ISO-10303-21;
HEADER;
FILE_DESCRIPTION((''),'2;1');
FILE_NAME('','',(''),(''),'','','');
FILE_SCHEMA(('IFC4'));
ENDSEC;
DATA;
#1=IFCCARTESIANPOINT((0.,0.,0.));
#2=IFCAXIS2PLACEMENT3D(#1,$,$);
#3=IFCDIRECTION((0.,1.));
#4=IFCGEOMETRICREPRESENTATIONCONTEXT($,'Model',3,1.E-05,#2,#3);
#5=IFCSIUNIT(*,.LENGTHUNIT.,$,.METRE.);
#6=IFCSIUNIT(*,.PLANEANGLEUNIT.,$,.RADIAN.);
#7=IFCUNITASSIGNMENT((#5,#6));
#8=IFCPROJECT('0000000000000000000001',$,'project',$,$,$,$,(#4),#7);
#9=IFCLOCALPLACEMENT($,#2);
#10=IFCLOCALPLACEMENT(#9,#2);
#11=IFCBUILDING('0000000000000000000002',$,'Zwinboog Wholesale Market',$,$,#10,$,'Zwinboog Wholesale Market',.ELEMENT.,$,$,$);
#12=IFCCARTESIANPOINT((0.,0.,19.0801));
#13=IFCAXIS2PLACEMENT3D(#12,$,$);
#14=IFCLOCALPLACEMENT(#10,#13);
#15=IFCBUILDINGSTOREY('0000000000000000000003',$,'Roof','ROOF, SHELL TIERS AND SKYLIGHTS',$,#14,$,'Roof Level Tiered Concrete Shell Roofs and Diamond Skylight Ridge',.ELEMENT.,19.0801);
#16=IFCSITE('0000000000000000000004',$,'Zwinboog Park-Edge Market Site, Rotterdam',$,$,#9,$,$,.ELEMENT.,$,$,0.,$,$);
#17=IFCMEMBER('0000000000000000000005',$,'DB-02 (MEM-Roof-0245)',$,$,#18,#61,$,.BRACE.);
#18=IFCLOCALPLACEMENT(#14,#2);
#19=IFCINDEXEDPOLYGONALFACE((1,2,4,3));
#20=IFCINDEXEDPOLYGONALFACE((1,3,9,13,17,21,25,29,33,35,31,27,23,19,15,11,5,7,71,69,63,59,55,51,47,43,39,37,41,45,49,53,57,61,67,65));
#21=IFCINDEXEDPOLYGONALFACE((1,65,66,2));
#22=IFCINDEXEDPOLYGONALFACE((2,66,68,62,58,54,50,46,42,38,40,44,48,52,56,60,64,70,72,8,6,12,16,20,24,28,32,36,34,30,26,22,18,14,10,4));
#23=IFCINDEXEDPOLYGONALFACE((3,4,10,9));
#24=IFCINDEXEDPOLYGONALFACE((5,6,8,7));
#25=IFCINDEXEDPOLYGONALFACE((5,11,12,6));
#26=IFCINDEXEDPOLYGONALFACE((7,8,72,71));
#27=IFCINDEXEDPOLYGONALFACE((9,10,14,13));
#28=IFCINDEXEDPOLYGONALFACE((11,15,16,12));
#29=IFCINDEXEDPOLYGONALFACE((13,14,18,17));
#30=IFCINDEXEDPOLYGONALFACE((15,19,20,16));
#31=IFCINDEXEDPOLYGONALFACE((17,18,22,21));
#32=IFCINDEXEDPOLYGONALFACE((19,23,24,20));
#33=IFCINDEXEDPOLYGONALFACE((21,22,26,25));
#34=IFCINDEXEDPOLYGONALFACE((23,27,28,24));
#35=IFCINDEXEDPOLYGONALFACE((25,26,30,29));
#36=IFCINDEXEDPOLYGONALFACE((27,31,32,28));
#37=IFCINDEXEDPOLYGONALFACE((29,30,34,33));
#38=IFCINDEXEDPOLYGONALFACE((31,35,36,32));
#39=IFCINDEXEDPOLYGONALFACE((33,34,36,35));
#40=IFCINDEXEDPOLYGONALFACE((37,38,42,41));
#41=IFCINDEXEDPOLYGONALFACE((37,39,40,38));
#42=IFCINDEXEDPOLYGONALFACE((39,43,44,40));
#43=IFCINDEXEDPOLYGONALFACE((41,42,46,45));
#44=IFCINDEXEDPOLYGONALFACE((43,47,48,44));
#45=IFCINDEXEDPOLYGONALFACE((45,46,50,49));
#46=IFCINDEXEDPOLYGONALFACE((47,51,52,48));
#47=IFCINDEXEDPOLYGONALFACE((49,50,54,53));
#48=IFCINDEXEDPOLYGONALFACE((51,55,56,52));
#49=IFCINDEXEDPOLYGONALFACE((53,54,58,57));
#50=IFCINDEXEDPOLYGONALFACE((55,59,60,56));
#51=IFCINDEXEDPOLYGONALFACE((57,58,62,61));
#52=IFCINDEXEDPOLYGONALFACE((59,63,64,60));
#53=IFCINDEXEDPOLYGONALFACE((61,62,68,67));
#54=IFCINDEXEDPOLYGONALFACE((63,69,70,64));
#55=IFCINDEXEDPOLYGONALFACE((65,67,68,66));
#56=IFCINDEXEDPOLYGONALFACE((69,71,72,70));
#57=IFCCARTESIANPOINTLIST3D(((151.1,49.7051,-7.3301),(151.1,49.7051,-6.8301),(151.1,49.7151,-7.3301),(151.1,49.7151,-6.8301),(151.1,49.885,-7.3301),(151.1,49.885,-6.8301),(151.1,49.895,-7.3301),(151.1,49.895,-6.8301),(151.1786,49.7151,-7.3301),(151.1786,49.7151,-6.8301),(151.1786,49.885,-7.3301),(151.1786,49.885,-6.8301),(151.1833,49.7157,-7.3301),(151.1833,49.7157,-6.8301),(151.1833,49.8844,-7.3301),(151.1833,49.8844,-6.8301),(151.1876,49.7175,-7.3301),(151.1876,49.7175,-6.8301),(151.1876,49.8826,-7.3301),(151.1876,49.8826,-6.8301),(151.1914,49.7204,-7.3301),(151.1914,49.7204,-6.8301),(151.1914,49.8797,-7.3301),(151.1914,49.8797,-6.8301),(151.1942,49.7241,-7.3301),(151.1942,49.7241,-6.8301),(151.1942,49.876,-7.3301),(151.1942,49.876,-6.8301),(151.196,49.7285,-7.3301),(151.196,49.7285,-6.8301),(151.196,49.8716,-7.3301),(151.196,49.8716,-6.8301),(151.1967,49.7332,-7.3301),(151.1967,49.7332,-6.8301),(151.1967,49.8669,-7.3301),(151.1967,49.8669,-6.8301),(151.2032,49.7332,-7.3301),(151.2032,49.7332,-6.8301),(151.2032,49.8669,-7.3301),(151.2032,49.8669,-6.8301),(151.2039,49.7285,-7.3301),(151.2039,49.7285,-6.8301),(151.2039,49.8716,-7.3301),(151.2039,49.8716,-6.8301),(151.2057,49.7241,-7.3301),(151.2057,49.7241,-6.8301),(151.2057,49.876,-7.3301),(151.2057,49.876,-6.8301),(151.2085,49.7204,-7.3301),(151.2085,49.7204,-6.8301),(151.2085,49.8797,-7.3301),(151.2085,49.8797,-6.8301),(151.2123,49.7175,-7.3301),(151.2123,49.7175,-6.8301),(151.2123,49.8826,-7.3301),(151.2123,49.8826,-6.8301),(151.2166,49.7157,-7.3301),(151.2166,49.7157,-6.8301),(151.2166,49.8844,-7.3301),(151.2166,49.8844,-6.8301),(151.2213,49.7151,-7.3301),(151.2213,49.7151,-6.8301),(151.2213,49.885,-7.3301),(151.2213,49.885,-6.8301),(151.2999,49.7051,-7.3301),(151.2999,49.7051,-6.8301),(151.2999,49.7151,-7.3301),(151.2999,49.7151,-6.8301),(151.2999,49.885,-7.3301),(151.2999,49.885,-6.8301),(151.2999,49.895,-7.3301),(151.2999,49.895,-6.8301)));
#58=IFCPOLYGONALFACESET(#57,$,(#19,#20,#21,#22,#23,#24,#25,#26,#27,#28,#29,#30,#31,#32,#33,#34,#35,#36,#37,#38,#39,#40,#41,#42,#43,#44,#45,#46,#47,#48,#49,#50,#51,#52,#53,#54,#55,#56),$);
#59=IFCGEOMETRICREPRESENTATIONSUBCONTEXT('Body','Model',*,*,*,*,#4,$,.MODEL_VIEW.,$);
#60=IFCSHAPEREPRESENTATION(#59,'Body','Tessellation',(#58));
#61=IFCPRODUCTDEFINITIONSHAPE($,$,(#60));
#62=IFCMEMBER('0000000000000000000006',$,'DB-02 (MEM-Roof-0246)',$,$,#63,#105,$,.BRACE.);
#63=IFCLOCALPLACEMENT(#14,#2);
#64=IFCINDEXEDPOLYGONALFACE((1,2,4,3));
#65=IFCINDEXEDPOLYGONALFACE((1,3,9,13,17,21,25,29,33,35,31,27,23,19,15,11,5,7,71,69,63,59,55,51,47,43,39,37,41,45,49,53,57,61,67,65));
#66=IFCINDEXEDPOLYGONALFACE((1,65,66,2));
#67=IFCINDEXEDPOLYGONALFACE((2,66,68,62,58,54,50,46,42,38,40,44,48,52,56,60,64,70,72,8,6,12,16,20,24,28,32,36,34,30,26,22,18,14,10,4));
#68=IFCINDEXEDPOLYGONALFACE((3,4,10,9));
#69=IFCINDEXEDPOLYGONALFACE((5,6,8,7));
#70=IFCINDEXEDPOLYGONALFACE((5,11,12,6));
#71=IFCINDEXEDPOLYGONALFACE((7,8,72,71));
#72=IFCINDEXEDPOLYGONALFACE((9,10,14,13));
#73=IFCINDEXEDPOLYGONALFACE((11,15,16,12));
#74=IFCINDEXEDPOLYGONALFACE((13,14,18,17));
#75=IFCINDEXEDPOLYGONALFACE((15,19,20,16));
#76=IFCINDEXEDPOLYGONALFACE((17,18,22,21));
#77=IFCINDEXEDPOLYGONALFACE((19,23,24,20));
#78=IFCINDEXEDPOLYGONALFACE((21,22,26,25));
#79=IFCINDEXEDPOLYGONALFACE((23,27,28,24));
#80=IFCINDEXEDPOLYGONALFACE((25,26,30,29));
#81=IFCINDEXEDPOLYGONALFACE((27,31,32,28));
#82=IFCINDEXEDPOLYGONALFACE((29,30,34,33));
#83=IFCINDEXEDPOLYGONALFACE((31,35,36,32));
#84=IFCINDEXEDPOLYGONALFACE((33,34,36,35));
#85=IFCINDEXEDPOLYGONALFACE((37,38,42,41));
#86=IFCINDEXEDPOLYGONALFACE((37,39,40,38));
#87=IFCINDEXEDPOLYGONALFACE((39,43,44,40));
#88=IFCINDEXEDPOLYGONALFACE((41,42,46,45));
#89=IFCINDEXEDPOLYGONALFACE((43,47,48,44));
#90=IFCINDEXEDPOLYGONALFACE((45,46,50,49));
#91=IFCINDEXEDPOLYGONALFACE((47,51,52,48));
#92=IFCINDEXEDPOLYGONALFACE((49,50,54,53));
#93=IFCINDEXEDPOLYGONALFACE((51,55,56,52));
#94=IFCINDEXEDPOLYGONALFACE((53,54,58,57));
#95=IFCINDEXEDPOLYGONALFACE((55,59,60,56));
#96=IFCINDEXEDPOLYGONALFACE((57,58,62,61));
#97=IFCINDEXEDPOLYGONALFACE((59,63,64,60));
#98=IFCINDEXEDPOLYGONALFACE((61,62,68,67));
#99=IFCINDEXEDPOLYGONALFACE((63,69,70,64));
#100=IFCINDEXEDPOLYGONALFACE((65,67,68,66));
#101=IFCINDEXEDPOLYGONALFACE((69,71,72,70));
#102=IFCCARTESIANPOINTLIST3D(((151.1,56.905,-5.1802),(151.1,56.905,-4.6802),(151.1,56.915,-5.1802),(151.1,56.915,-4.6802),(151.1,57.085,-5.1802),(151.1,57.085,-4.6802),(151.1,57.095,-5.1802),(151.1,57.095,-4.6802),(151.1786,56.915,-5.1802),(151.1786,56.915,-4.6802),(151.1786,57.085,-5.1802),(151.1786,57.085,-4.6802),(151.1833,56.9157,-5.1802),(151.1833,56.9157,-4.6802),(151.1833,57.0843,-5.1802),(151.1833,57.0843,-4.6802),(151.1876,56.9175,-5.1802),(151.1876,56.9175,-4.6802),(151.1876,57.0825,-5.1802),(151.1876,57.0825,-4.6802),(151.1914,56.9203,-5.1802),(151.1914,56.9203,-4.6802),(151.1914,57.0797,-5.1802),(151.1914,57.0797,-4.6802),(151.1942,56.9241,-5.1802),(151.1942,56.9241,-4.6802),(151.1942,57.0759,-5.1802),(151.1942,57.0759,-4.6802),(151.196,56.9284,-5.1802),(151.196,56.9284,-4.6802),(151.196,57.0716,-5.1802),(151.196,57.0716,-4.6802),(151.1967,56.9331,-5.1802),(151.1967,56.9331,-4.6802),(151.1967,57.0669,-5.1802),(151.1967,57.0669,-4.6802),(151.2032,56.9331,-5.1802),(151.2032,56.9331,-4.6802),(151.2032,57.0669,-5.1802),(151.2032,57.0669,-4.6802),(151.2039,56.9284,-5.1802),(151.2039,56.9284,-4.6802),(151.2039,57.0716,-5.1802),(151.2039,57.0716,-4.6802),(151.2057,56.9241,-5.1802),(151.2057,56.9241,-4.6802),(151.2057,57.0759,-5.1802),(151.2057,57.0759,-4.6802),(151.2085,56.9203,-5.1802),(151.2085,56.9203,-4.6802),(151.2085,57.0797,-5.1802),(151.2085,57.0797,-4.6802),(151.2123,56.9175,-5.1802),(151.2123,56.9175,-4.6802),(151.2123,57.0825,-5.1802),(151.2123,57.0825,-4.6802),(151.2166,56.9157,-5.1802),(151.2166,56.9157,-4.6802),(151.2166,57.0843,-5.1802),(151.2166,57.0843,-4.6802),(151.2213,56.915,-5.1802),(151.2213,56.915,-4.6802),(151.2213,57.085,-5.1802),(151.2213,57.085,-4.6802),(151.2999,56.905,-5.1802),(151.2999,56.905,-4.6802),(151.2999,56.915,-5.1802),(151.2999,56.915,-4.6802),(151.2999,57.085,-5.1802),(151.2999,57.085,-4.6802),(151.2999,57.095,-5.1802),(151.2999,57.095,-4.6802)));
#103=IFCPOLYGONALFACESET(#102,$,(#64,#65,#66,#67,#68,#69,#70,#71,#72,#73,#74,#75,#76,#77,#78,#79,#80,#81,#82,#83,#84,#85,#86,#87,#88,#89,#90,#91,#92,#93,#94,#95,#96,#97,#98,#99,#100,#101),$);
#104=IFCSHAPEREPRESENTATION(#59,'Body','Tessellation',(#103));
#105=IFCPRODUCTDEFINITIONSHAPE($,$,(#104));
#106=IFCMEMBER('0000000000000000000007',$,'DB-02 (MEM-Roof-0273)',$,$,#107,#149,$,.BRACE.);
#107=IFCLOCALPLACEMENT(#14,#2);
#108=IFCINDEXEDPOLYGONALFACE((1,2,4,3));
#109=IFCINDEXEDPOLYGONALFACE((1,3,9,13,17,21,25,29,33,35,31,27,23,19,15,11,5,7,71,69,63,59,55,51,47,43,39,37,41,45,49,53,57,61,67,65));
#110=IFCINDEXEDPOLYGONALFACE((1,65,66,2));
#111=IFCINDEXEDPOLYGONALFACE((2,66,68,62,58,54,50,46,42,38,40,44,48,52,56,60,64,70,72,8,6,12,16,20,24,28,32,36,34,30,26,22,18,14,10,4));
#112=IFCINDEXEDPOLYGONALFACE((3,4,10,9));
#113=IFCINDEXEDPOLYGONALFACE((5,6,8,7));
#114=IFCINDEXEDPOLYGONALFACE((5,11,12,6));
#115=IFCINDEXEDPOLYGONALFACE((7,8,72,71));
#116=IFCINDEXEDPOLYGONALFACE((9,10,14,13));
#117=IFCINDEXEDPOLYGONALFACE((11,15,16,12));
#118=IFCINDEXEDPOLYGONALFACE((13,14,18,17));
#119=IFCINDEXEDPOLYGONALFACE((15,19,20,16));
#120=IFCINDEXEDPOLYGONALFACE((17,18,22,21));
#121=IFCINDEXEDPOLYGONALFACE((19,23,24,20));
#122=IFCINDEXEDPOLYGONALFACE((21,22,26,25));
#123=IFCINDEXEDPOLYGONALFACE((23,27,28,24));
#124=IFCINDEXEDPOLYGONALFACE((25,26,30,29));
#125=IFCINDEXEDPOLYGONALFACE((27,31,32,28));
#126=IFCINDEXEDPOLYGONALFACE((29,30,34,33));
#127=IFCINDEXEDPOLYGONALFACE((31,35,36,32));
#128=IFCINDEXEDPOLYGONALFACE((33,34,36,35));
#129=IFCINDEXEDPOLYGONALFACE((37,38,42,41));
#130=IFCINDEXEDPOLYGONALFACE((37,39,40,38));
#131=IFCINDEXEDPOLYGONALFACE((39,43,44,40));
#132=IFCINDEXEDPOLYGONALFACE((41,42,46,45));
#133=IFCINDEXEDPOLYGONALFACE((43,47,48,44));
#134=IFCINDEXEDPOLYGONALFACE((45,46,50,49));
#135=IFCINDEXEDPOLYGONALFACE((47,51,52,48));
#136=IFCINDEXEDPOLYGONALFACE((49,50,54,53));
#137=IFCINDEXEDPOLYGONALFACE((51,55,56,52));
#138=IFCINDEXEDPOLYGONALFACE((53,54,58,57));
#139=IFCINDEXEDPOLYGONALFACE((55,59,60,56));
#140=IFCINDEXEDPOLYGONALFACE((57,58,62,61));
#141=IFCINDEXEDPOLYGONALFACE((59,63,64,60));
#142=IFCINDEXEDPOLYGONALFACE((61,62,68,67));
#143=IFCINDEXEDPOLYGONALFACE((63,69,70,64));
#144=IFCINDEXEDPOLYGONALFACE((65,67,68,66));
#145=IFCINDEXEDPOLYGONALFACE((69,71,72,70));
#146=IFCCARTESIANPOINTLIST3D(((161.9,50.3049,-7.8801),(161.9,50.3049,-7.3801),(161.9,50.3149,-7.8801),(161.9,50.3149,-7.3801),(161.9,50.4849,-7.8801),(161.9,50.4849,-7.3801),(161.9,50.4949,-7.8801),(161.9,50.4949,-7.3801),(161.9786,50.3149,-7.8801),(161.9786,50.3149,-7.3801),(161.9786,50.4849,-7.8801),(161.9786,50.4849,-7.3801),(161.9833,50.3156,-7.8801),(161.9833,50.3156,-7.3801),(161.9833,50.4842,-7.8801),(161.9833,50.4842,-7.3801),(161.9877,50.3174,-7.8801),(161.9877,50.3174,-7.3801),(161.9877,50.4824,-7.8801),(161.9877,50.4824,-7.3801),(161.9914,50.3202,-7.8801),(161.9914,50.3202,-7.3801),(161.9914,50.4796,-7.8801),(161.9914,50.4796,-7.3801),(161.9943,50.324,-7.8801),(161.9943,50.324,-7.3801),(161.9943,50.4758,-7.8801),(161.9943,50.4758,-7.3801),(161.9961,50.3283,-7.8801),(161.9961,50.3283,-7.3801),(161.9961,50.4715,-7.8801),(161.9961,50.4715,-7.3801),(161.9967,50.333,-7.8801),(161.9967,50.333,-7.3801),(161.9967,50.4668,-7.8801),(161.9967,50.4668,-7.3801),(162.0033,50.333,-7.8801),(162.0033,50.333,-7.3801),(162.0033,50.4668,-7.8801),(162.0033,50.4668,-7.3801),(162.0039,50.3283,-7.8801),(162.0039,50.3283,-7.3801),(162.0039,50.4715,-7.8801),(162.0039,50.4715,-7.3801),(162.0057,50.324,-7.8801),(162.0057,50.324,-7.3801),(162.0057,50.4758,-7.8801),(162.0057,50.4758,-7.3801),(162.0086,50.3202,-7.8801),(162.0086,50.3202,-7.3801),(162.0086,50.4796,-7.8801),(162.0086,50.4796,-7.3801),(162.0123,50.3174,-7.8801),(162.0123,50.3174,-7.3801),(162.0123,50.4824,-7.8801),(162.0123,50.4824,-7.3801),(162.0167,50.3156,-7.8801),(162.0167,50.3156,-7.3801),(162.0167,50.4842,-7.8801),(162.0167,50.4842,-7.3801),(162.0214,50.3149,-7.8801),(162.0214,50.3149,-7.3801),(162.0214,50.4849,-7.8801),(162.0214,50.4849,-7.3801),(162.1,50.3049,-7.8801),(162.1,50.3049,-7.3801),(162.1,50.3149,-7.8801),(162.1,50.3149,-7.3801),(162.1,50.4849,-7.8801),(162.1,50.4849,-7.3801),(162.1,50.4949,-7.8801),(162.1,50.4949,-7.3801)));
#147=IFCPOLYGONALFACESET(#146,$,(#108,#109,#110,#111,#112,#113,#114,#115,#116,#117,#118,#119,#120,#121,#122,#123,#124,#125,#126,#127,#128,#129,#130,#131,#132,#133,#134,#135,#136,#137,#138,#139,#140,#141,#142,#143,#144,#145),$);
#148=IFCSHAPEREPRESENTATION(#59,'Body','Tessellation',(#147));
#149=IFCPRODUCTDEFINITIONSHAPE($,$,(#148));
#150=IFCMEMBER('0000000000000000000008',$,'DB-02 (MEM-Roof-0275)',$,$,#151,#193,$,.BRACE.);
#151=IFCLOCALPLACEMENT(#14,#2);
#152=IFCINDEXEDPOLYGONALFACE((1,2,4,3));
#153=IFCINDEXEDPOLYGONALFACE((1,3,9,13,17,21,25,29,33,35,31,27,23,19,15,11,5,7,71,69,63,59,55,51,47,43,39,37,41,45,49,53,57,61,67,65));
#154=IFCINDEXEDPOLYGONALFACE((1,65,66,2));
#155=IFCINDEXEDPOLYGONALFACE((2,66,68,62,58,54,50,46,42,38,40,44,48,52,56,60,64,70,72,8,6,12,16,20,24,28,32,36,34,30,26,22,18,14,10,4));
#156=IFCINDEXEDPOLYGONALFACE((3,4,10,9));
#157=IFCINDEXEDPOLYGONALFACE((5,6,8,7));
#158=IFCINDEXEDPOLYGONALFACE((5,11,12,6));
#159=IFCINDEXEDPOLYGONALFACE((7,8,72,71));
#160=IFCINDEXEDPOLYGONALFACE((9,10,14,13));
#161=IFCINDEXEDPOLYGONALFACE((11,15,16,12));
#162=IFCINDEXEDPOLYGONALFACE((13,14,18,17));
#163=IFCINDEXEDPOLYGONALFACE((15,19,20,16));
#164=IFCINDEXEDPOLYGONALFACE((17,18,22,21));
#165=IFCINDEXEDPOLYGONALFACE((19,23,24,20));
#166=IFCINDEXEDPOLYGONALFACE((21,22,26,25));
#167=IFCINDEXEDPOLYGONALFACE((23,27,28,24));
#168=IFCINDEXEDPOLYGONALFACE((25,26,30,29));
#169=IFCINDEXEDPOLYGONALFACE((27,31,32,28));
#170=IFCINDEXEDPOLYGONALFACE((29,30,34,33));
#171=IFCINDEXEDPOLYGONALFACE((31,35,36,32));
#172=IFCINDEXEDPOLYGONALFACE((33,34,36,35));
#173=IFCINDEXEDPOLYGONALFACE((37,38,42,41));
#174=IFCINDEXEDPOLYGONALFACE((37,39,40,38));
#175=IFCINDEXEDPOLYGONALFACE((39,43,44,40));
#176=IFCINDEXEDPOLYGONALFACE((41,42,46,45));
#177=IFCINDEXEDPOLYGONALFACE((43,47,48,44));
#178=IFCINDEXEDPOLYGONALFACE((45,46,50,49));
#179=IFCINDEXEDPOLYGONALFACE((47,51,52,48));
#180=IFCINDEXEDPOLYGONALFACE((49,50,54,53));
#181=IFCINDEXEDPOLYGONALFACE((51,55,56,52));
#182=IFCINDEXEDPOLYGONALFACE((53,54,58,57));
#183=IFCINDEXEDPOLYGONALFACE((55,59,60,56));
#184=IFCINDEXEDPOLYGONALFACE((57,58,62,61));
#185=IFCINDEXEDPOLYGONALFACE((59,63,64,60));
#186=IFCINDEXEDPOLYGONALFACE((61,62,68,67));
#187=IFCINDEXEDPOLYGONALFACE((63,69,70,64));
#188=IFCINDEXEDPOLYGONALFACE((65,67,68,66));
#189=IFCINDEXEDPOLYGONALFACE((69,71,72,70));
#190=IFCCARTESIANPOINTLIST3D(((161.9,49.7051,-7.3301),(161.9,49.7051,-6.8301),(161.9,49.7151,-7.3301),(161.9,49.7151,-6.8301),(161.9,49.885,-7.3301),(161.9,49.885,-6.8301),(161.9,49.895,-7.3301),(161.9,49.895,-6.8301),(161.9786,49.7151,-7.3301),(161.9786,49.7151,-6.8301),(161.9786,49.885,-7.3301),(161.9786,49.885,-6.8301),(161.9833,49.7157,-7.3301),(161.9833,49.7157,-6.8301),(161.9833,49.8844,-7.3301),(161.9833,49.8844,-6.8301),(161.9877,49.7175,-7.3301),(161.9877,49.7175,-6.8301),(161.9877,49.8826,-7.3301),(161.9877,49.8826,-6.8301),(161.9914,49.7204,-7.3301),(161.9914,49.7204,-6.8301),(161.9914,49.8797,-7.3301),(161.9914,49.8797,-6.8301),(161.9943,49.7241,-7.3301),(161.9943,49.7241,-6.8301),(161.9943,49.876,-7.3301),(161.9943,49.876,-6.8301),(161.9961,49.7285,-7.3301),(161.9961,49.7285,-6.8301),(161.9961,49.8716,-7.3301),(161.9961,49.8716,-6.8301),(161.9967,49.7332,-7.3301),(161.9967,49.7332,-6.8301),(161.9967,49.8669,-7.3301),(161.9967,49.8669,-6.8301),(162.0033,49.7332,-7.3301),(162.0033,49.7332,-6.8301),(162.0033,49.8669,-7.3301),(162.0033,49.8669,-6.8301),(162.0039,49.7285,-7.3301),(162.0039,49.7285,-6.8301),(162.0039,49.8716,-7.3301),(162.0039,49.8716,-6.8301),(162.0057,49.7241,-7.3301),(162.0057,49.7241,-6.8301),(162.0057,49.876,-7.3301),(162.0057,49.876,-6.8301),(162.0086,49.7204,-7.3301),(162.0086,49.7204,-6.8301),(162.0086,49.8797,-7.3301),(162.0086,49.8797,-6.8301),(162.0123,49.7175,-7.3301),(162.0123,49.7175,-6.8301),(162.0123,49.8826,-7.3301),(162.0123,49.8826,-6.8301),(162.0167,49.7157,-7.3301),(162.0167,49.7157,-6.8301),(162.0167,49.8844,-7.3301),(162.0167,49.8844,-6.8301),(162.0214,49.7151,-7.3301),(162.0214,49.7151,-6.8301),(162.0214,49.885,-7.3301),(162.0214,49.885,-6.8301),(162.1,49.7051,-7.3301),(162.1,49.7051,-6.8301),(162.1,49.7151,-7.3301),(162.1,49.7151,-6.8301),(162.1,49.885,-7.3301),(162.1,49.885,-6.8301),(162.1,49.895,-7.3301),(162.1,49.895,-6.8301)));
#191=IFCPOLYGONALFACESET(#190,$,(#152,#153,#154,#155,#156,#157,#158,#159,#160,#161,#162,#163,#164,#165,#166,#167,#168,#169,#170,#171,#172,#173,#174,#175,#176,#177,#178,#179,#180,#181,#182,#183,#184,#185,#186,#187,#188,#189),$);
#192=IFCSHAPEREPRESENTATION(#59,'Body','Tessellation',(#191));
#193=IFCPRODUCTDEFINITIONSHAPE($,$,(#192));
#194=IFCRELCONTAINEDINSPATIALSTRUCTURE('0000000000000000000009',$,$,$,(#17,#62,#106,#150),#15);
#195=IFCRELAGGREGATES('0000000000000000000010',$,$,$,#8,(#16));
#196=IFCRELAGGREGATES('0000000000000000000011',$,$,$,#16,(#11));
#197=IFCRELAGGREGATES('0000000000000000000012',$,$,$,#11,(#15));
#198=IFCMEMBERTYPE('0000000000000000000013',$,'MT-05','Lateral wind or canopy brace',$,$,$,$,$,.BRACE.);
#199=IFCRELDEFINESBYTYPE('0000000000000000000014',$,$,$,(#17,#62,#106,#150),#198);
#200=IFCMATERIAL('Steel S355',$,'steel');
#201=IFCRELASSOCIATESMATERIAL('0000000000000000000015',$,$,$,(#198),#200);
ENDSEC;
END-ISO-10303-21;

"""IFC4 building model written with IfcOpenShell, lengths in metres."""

from ifc_helpers import new_model, si_unit, direction, frame, origin, origin_2d, place, context, subcontext, project, spatial, i_section, extrude, material, material_profile, profile_set, type_object, element, save


model = new_model("IFC4")

# Units and contexts
model_context = context("Model", 3, precision=1e-05, world=origin(), true_north=direction((0.0, 1.0)))
body_context = subcontext(model_context, "Body", "Model", "MODEL_VIEW")
ifc_project = project(units=[si_unit("LENGTHUNIT", "METRE"), si_unit("PLANEANGLEUNIT", "RADIAN")], contexts=[model_context])

# Site, building, storey
site_placement = place(None, origin())
site = spatial("IfcSite", under=ifc_project, at=site_placement, Name="Zwinboog Park-Edge Market Site, Rotterdam", CompositionType="ELEMENT", RefElevation=0.0)
building_placement = place(site_placement, origin())
building = spatial("IfcBuilding", under=site, at=building_placement, Name="Zwinboog Wholesale Market", LongName="Zwinboog Wholesale Market", CompositionType="ELEMENT")
storey_placement = place(building_placement, frame((0.0, 0.0, 19.0801)))
storey = spatial("IfcBuildingStorey", under=building, at=storey_placement, Name="Roof", Description="ROOF, SHELL TIERS AND SKYLIGHTS", LongName="Roof Level Tiered Concrete Shell Roofs and Diamond Skylight Ridge", CompositionType="ELEMENT", Elevation=19.0801)

# Members
ifc_material_1 = material(Name="Steel S355", Category="steel")
ifc_material_profile_1 = material_profile(ifc_material_1, i_section(OverallWidth=0.2, OverallDepth=0.1899, WebThickness=0.0066, FlangeThickness=0.01, FilletRadius=0.0181, at=origin_2d()), Name="HEA 200")
ifc_profile_set_1 = profile_set([ifc_material_profile_1], Name="Steel S355")
member_type_1 = type_object("IfcMemberType", Name="MT-05", Description="Lateral wind or canopy brace", PredefinedType="BRACE", material=ifc_profile_set_1)
for number, where, z_axis, x_axis, name in (
    (1, (151.2, 49.8, -7.3301), (0.0, 0.0, 1.0), (1.0, 0.0, 0.0), "DB-02 (MEM-Roof-0245)"),
    (2, (151.2, 57.0, -5.1802), (0.0, 0.0, 1.0), (1.0, 0.0, 0.0), "DB-02 (MEM-Roof-0246)"),
    (3, (162.0, 50.3999, -7.8801), (0.0, 0.0, 1.0), (1.0, 0.0, 0.0), "DB-02 (MEM-Roof-0273)"),
    (4, (162.0, 49.8, -7.3301), (0.0, 0.0, 1.0), (1.0, 0.0, 0.0), "DB-02 (MEM-Roof-0275)"),
):
    element("IfcMember", number, at=place(storey_placement, frame(where, z_axis=z_axis, x_axis=x_axis)), inside=storey, type_object=member_type_1, Name=name, PredefinedType="BRACE", context=body_context, shape_type="SweptSolid", body=[
        extrude(i_section(OverallWidth=0.2, OverallDepth=0.1899, WebThickness=0.0066, FlangeThickness=0.01, FilletRadius=0.0181, at=origin_2d()), origin(), (0.0, 0.0, 1.0), 0.5),
    ])

save(model, "model.ifc")
